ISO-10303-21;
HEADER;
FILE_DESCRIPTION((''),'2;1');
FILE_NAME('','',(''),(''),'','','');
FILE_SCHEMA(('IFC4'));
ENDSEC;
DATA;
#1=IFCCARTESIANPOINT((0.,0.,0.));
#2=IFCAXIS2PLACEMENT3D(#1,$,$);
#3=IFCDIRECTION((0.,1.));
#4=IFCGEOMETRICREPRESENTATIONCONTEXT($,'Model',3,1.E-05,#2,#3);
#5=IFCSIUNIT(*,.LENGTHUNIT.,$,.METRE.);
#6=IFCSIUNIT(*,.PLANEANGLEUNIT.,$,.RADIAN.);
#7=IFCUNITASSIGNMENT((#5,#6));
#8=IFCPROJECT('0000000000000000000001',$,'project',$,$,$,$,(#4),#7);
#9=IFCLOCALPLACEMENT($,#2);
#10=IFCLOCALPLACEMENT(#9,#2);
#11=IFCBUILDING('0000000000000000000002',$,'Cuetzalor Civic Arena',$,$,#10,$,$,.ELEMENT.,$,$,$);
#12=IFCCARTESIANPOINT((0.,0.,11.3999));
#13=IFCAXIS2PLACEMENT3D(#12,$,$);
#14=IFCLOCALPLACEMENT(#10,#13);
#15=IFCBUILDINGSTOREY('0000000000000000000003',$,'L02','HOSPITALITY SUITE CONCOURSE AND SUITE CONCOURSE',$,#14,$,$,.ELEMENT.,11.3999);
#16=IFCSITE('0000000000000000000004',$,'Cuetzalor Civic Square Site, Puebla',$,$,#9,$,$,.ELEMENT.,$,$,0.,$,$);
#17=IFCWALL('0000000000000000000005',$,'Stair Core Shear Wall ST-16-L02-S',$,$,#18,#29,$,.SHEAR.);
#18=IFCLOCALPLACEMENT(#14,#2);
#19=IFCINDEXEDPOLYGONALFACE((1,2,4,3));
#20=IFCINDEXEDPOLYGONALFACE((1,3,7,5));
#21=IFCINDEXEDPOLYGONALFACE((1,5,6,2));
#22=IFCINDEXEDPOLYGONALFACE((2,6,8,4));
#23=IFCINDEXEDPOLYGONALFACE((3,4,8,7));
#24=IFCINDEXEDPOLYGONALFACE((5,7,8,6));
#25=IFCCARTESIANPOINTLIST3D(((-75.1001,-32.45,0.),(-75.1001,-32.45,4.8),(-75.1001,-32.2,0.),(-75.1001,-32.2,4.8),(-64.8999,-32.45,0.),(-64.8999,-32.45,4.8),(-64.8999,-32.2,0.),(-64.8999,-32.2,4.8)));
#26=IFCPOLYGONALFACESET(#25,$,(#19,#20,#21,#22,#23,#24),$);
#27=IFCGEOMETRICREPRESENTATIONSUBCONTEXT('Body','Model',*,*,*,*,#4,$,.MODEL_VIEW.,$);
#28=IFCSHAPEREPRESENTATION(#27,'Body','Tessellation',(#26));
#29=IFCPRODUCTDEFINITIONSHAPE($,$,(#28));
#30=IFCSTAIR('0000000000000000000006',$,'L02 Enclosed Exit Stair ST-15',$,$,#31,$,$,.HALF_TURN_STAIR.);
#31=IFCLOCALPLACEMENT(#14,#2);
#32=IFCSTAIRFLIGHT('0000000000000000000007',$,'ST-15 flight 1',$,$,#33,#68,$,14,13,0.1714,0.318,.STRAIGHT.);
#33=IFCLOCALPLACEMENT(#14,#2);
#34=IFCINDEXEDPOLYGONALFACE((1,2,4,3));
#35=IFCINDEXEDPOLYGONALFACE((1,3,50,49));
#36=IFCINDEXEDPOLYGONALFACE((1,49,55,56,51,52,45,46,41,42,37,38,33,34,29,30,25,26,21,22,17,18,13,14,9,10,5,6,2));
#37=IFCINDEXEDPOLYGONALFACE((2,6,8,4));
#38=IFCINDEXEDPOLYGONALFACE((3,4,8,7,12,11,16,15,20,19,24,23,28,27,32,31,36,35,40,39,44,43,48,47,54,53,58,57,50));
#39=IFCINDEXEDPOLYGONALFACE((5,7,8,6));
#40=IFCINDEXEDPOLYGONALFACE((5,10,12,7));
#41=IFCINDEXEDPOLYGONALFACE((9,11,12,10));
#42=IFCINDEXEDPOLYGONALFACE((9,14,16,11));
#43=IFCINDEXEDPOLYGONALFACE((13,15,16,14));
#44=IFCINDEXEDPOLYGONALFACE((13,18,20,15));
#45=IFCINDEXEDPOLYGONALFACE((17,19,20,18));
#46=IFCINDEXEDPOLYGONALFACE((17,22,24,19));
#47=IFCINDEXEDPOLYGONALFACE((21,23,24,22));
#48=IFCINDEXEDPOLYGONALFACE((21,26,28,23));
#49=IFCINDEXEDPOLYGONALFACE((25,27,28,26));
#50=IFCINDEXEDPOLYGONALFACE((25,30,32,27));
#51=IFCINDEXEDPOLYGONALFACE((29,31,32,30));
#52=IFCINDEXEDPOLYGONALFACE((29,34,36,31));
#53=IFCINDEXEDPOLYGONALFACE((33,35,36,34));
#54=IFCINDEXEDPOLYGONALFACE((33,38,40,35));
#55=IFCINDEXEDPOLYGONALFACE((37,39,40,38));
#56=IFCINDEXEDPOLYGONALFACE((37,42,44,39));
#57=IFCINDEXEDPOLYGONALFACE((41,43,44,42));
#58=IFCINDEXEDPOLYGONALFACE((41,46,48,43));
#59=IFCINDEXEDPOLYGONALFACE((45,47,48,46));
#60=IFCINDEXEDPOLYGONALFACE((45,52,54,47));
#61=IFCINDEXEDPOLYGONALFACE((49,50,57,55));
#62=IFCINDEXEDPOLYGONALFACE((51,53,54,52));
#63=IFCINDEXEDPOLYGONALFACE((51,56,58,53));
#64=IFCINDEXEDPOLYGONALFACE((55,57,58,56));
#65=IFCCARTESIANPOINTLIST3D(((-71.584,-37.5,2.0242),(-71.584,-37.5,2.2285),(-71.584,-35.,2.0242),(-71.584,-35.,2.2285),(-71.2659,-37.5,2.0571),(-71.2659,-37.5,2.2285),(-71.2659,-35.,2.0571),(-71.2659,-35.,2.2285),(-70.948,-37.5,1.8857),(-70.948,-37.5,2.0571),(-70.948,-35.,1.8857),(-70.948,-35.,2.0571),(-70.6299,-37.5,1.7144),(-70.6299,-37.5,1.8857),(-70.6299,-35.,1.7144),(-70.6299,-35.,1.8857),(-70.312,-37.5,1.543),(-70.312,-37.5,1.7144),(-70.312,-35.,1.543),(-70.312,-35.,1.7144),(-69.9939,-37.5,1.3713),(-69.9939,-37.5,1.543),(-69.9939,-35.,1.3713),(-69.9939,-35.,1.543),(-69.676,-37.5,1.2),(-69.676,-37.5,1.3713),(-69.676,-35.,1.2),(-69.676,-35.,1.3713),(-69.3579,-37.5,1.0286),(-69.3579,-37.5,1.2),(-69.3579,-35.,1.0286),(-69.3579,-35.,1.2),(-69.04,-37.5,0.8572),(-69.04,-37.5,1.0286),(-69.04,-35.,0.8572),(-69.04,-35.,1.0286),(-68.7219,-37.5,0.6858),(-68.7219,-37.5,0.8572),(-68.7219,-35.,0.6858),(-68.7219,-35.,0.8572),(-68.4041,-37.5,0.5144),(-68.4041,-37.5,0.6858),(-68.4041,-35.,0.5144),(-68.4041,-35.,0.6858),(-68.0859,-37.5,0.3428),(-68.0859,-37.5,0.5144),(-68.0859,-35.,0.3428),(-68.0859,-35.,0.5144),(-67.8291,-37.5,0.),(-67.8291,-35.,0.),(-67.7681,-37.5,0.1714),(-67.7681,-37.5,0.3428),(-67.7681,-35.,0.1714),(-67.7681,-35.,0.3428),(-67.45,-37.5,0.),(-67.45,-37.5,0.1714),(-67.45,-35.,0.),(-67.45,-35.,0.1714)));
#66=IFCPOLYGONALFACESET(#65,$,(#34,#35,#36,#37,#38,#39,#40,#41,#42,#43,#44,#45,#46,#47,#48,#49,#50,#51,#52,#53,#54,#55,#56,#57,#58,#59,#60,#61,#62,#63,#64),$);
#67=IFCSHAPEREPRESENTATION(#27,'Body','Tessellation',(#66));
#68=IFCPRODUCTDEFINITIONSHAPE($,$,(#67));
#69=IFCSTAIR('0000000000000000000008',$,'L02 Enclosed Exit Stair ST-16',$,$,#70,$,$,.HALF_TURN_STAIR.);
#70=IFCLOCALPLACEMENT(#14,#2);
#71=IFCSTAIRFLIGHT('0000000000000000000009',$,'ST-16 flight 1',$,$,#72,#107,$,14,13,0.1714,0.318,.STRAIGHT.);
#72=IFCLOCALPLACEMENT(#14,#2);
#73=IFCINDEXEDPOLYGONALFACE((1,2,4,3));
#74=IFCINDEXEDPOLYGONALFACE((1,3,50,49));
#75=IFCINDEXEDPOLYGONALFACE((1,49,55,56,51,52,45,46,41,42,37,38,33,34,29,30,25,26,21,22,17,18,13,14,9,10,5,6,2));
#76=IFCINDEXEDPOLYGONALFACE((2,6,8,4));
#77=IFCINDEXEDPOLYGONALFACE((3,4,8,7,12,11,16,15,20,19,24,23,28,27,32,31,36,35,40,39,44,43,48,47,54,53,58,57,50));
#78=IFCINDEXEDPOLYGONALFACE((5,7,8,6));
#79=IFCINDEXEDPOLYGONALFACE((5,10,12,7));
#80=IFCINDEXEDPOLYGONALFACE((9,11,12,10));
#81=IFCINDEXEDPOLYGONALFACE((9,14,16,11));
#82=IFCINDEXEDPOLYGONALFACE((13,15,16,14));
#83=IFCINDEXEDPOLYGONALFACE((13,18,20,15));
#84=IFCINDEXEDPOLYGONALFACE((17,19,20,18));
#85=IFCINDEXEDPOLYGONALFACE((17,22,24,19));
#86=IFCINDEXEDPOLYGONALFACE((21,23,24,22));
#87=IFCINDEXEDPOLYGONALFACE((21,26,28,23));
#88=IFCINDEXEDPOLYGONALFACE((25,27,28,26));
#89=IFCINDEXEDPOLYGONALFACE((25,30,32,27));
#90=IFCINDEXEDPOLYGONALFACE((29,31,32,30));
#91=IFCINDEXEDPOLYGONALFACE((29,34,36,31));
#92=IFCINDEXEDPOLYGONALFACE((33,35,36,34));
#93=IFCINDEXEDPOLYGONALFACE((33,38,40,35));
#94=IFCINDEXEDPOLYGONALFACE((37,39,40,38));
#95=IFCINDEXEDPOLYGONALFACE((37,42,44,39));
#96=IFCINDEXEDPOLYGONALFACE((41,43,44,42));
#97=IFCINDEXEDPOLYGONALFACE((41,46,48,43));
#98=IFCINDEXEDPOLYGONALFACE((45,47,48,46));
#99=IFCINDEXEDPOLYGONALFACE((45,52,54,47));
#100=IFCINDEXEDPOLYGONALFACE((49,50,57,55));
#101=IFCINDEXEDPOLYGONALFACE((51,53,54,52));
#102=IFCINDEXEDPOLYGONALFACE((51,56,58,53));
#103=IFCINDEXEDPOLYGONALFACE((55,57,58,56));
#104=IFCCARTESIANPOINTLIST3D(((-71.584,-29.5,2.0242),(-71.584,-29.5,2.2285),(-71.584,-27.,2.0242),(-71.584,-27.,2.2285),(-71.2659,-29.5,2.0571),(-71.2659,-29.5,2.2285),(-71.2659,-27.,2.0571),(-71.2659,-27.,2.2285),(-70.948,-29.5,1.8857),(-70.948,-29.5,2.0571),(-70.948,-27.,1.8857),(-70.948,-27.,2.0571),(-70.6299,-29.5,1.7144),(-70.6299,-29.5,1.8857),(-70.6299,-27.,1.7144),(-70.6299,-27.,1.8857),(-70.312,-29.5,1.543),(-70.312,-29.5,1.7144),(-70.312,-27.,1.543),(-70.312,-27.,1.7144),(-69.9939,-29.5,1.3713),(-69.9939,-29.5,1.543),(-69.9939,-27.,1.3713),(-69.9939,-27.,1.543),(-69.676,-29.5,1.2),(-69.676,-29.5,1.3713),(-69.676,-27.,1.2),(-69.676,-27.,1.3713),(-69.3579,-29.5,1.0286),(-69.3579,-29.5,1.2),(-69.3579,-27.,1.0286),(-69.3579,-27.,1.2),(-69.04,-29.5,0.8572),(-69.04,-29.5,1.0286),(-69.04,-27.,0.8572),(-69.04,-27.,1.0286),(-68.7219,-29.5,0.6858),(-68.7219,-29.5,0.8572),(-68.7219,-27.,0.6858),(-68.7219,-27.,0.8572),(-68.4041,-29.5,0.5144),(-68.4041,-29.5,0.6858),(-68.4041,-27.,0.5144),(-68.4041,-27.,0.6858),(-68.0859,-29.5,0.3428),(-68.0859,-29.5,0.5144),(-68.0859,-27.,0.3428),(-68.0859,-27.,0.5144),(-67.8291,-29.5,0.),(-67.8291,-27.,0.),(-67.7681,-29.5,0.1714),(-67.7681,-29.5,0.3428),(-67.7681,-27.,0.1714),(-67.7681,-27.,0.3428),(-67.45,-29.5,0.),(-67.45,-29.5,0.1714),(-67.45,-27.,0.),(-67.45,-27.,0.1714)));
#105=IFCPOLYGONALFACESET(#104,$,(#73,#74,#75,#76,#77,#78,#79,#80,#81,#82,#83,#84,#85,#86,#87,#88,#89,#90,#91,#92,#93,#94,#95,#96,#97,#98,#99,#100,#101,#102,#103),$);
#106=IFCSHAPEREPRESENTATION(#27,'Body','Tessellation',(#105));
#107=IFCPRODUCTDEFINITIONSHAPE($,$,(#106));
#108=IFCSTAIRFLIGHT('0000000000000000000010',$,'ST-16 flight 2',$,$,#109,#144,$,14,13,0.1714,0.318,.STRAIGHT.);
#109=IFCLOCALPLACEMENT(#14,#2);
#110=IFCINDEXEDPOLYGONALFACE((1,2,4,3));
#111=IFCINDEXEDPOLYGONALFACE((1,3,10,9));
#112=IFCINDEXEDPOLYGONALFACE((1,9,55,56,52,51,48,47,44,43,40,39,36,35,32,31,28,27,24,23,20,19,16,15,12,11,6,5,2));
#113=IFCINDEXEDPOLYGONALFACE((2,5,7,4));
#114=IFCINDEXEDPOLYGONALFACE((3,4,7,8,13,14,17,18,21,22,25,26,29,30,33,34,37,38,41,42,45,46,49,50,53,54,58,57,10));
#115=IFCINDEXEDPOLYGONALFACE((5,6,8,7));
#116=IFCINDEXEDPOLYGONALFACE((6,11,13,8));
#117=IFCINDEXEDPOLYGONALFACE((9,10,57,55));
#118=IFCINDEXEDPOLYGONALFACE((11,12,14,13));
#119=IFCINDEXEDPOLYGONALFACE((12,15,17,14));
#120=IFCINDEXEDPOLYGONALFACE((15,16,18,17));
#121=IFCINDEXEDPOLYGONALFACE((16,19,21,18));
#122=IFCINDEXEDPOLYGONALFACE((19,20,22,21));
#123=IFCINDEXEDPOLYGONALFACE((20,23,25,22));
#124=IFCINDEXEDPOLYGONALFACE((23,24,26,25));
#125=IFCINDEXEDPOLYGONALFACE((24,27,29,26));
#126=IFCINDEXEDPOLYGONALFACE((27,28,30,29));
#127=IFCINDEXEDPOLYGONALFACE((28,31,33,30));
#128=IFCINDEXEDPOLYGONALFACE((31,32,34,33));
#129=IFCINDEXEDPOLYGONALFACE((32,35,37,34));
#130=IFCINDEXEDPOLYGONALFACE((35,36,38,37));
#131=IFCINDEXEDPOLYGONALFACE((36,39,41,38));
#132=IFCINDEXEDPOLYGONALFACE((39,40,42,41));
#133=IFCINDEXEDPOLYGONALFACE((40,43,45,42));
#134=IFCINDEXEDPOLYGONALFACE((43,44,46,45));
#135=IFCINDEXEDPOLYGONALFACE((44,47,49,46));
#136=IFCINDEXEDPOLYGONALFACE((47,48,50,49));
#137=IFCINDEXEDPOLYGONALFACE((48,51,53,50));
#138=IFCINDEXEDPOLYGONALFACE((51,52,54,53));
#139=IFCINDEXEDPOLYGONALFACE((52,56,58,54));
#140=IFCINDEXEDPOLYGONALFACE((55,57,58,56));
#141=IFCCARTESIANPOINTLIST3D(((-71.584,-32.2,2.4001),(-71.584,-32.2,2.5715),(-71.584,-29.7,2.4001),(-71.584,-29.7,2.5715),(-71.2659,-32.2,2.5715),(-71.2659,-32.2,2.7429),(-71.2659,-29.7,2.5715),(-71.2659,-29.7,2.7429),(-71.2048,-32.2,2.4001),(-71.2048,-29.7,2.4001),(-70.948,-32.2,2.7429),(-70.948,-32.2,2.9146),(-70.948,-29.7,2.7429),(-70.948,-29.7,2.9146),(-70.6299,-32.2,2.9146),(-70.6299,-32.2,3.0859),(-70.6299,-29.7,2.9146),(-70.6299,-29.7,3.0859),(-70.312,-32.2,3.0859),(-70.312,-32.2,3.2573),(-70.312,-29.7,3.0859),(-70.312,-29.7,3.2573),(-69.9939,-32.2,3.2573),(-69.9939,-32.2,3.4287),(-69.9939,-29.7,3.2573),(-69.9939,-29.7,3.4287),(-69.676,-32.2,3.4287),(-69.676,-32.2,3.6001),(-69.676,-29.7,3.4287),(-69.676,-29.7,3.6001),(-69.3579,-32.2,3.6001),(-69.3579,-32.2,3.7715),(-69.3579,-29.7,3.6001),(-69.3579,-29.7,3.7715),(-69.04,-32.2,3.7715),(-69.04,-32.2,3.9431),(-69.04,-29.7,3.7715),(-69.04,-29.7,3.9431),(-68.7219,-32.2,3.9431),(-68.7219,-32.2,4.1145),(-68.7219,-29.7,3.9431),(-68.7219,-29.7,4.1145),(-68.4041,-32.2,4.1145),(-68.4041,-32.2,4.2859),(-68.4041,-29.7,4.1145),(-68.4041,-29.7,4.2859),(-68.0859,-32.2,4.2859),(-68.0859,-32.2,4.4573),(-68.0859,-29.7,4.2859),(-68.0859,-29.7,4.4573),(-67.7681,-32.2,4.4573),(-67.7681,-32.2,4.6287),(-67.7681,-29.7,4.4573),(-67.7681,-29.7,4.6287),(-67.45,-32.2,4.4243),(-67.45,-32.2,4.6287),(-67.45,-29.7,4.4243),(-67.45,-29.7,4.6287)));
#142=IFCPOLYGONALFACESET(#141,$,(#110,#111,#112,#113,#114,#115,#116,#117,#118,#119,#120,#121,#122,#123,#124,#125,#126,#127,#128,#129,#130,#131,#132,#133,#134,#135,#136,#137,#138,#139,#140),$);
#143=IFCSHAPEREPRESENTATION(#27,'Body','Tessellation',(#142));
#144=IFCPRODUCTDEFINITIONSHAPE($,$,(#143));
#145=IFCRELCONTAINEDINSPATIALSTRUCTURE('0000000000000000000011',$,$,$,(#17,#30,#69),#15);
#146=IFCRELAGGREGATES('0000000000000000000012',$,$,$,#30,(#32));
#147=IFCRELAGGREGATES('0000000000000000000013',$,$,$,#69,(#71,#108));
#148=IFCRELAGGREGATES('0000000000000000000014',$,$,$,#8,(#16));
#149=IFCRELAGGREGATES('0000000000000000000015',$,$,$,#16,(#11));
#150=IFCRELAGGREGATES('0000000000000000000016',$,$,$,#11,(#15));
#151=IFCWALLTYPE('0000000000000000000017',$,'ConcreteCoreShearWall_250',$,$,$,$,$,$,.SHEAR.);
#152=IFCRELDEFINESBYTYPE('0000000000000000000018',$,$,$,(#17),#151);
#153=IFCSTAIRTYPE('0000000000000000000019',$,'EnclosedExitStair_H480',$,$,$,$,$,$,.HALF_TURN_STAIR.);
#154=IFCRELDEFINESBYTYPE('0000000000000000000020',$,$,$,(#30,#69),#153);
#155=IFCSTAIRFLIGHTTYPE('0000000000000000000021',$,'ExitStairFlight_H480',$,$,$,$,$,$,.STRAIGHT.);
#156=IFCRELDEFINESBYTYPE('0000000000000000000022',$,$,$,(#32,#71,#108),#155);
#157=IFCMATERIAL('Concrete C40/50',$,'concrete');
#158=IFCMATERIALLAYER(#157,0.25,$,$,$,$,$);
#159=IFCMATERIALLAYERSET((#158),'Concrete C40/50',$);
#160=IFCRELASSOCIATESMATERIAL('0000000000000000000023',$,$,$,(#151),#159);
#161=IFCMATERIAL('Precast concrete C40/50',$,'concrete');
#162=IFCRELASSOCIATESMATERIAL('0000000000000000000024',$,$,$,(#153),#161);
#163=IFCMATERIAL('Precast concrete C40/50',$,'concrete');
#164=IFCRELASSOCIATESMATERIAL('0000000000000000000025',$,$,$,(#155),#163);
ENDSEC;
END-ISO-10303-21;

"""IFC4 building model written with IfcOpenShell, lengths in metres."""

from ifc_helpers import new_model, si_unit, direction, frame, frame_2d, origin, place, context, subcontext, project, spatial, polyline, rectangle, outline, extrude, material, layer, layer_set, type_object, element, aggregate, save


model = new_model("IFC4")

# Units and contexts
model_context = context("Model", 3, precision=1e-05, world=origin(), true_north=direction((0.0, 1.0)))
body_context = subcontext(model_context, "Body", "Model", "MODEL_VIEW")
ifc_project = project(units=[si_unit("LENGTHUNIT", "METRE"), si_unit("PLANEANGLEUNIT", "RADIAN")], contexts=[model_context])

# Site, building, storey
site_placement = place(None, origin())
site = spatial("IfcSite", under=ifc_project, at=site_placement, Name="Cuetzalor Civic Square Site, Puebla", CompositionType="ELEMENT", RefElevation=0.0)
building_placement = place(site_placement, origin())
building = spatial("IfcBuilding", under=site, at=building_placement, Name="Cuetzalor Civic Arena", CompositionType="ELEMENT")
storey_placement = place(building_placement, frame((0.0, 0.0, 11.3999)))
storey = spatial("IfcBuildingStorey", under=building, at=storey_placement, Name="L02", Description="HOSPITALITY SUITE CONCOURSE AND SUITE CONCOURSE", CompositionType="ELEMENT", Elevation=11.3999)

# Shared definitions
ifc_material_1 = material(Name="Concrete C40/50", Category="concrete")
ifc_layer = layer(ifc_material_1, 0.25)
ifc_layer_set = layer_set([ifc_layer], Name="Concrete C40/50")
wall_type = type_object("IfcWallType", Name="ConcreteCoreShearWall_250", PredefinedType="SHEAR", material=ifc_layer_set)

# Wall
wall_1_placement = place(storey_placement, frame((-64.8999, -32.325, 0.0), z_axis=(0.0, 0.0, 1.0), x_axis=(-1.0, 0.0, 0.0)))
element("IfcWall", 1, at=wall_1_placement, inside=storey, type_object=wall_type, Name="Stair Core Shear Wall ST-16-L02-S", PredefinedType="SHEAR", context=body_context, shape_type="SweptSolid", body=[
    extrude(rectangle(XDim=10.2002, YDim=0.25, at=frame_2d((5.1001, 0.0))), origin(), (0.0, 0.0, 1.0), 4.8),
])

# Stair, stair flight
ifc_material_2 = material(Name="Precast concrete C40/50", Category="concrete")
stair_type = type_object("IfcStairType", Name="EnclosedExitStair_H480", PredefinedType="HALF_TURN_STAIR", material=ifc_material_2)
stair_1_placement = place(storey_placement, origin())
stair_1 = element("IfcStair", 2, at=stair_1_placement, inside=storey, type_object=stair_type, Name="L02 Enclosed Exit Stair ST-15", PredefinedType="HALF_TURN_STAIR")
ifc_material_3 = material(Name="Precast concrete C40/50", Category="concrete")
stair_flight_type = type_object("IfcStairFlightType", Name="ExitStairFlight_H480", PredefinedType="STRAIGHT", material=ifc_material_3)
stair_flight_1_placement = place(storey_placement, frame((-67.45, -36.25, 0.0), z_axis=(0.0, 0.0, 1.0), x_axis=(-1.0, 0.0, 0.0)))
stair_flight_1 = element("IfcStairFlight", 3, at=stair_flight_1_placement, type_object=stair_flight_type, Name="ST-15 flight 1", NumberOfRisers=14, NumberOfTreads=13, PredefinedType="STRAIGHT", RiserHeight=0.1714, TreadLength=0.318, context=body_context, shape_type="SweptSolid", body=[
    extrude(outline(polyline([(0.0, 0.0), (0.0, 0.1714), (0.3181, 0.1714), (0.3181, 0.3428), (0.636, 0.3428), (0.636, 0.5144), (0.9541, 0.5144), (0.9541, 0.6858), (1.272, 0.6858), (1.272, 0.8572), (1.5901, 0.8572), (1.5901, 1.0286), (1.908, 1.0286), (1.908, 1.2), (2.2261, 1.2), (2.2261, 1.3713), (2.5439, 1.3713), (2.5439, 1.543), (2.8621, 1.543), (2.8621, 1.7144), (3.1799, 1.7144), (3.1799, 1.8857), (3.498, 1.8857), (3.498, 2.0571), (3.8159, 2.0571), (3.8159, 2.2285), (4.134, 2.2285), (4.134, 2.3999), (4.134, 2.0242), (0.3792, 0.0), (0.0, 0.0)])), frame((0.0, 1.25, 0.0), z_axis=(0.0, -1.0, 0.0), x_axis=(1.0, 0.0, 0.0)), (0.0, 0.0, 1.0), 2.5),
])
aggregate(stair_1, [stair_flight_1])

# Stair, stair flights
stair_2_placement = place(storey_placement, origin())
stair_2 = element("IfcStair", 4, at=stair_2_placement, inside=storey, type_object=stair_type, Name="L02 Enclosed Exit Stair ST-16", PredefinedType="HALF_TURN_STAIR")
stair_flight_2_placement = place(storey_placement, frame((-67.45, -28.25, 0.0), z_axis=(0.0, 0.0, 1.0), x_axis=(-1.0, 0.0, 0.0)))
stair_flight_2 = element("IfcStairFlight", 5, at=stair_flight_2_placement, type_object=stair_flight_type, Name="ST-16 flight 1", NumberOfRisers=14, NumberOfTreads=13, PredefinedType="STRAIGHT", RiserHeight=0.1714, TreadLength=0.318, context=body_context, shape_type="SweptSolid", body=[
    extrude(outline(polyline([(0.0, 0.0), (0.0, 0.1714), (0.3181, 0.1714), (0.3181, 0.3428), (0.636, 0.3428), (0.636, 0.5144), (0.9541, 0.5144), (0.9541, 0.6858), (1.272, 0.6858), (1.272, 0.8572), (1.5901, 0.8572), (1.5901, 1.0286), (1.908, 1.0286), (1.908, 1.2), (2.2261, 1.2), (2.2261, 1.3713), (2.5439, 1.3713), (2.5439, 1.543), (2.8621, 1.543), (2.8621, 1.7144), (3.1799, 1.7144), (3.1799, 1.8857), (3.498, 1.8857), (3.498, 2.0571), (3.8159, 2.0571), (3.8159, 2.2285), (4.134, 2.2285), (4.134, 2.3999), (4.134, 2.0242), (0.3792, 0.0), (0.0, 0.0)])), frame((0.0, 1.25, 0.0), z_axis=(0.0, -1.0, 0.0), x_axis=(1.0, 0.0, 0.0)), (0.0, 0.0, 1.0), 2.5),
])
stair_flight_3_placement = place(storey_placement, frame((-71.584, -30.95, 2.4001), z_axis=(0.0, 0.0, 1.0), x_axis=(1.0, 0.0, 0.0)))
stair_flight_3 = element("IfcStairFlight", 6, at=stair_flight_3_placement, type_object=stair_flight_type, Name="ST-16 flight 2", NumberOfRisers=14, NumberOfTreads=13, PredefinedType="STRAIGHT", RiserHeight=0.1714, TreadLength=0.318, context=body_context, shape_type="SweptSolid", body=[
    extrude(outline(polyline([(0.0, 0.0), (0.0, 0.1714), (0.3181, 0.1714), (0.3181, 0.3428), (0.636, 0.3428), (0.636, 0.5144), (0.9541, 0.5144), (0.9541, 0.6858), (1.272, 0.6858), (1.272, 0.8572), (1.5901, 0.8572), (1.5901, 1.0286), (1.908, 1.0286), (1.908, 1.2), (2.2261, 1.2), (2.2261, 1.3713), (2.5439, 1.3713), (2.5439, 1.543), (2.8621, 1.543), (2.8621, 1.7144), (3.1799, 1.7144), (3.1799, 1.8857), (3.498, 1.8857), (3.498, 2.0571), (3.8159, 2.0571), (3.8159, 2.2285), (4.134, 2.2285), (4.134, 2.3999), (4.134, 2.0242), (0.3792, 0.0), (0.0, 0.0)])), frame((0.0, 1.25, 0.0), z_axis=(0.0, -1.0, 0.0), x_axis=(1.0, 0.0, 0.0)), (0.0, 0.0, 1.0), 2.5),
])
aggregate(stair_2, [stair_flight_2, stair_flight_3])

save(model, "model.ifc")
